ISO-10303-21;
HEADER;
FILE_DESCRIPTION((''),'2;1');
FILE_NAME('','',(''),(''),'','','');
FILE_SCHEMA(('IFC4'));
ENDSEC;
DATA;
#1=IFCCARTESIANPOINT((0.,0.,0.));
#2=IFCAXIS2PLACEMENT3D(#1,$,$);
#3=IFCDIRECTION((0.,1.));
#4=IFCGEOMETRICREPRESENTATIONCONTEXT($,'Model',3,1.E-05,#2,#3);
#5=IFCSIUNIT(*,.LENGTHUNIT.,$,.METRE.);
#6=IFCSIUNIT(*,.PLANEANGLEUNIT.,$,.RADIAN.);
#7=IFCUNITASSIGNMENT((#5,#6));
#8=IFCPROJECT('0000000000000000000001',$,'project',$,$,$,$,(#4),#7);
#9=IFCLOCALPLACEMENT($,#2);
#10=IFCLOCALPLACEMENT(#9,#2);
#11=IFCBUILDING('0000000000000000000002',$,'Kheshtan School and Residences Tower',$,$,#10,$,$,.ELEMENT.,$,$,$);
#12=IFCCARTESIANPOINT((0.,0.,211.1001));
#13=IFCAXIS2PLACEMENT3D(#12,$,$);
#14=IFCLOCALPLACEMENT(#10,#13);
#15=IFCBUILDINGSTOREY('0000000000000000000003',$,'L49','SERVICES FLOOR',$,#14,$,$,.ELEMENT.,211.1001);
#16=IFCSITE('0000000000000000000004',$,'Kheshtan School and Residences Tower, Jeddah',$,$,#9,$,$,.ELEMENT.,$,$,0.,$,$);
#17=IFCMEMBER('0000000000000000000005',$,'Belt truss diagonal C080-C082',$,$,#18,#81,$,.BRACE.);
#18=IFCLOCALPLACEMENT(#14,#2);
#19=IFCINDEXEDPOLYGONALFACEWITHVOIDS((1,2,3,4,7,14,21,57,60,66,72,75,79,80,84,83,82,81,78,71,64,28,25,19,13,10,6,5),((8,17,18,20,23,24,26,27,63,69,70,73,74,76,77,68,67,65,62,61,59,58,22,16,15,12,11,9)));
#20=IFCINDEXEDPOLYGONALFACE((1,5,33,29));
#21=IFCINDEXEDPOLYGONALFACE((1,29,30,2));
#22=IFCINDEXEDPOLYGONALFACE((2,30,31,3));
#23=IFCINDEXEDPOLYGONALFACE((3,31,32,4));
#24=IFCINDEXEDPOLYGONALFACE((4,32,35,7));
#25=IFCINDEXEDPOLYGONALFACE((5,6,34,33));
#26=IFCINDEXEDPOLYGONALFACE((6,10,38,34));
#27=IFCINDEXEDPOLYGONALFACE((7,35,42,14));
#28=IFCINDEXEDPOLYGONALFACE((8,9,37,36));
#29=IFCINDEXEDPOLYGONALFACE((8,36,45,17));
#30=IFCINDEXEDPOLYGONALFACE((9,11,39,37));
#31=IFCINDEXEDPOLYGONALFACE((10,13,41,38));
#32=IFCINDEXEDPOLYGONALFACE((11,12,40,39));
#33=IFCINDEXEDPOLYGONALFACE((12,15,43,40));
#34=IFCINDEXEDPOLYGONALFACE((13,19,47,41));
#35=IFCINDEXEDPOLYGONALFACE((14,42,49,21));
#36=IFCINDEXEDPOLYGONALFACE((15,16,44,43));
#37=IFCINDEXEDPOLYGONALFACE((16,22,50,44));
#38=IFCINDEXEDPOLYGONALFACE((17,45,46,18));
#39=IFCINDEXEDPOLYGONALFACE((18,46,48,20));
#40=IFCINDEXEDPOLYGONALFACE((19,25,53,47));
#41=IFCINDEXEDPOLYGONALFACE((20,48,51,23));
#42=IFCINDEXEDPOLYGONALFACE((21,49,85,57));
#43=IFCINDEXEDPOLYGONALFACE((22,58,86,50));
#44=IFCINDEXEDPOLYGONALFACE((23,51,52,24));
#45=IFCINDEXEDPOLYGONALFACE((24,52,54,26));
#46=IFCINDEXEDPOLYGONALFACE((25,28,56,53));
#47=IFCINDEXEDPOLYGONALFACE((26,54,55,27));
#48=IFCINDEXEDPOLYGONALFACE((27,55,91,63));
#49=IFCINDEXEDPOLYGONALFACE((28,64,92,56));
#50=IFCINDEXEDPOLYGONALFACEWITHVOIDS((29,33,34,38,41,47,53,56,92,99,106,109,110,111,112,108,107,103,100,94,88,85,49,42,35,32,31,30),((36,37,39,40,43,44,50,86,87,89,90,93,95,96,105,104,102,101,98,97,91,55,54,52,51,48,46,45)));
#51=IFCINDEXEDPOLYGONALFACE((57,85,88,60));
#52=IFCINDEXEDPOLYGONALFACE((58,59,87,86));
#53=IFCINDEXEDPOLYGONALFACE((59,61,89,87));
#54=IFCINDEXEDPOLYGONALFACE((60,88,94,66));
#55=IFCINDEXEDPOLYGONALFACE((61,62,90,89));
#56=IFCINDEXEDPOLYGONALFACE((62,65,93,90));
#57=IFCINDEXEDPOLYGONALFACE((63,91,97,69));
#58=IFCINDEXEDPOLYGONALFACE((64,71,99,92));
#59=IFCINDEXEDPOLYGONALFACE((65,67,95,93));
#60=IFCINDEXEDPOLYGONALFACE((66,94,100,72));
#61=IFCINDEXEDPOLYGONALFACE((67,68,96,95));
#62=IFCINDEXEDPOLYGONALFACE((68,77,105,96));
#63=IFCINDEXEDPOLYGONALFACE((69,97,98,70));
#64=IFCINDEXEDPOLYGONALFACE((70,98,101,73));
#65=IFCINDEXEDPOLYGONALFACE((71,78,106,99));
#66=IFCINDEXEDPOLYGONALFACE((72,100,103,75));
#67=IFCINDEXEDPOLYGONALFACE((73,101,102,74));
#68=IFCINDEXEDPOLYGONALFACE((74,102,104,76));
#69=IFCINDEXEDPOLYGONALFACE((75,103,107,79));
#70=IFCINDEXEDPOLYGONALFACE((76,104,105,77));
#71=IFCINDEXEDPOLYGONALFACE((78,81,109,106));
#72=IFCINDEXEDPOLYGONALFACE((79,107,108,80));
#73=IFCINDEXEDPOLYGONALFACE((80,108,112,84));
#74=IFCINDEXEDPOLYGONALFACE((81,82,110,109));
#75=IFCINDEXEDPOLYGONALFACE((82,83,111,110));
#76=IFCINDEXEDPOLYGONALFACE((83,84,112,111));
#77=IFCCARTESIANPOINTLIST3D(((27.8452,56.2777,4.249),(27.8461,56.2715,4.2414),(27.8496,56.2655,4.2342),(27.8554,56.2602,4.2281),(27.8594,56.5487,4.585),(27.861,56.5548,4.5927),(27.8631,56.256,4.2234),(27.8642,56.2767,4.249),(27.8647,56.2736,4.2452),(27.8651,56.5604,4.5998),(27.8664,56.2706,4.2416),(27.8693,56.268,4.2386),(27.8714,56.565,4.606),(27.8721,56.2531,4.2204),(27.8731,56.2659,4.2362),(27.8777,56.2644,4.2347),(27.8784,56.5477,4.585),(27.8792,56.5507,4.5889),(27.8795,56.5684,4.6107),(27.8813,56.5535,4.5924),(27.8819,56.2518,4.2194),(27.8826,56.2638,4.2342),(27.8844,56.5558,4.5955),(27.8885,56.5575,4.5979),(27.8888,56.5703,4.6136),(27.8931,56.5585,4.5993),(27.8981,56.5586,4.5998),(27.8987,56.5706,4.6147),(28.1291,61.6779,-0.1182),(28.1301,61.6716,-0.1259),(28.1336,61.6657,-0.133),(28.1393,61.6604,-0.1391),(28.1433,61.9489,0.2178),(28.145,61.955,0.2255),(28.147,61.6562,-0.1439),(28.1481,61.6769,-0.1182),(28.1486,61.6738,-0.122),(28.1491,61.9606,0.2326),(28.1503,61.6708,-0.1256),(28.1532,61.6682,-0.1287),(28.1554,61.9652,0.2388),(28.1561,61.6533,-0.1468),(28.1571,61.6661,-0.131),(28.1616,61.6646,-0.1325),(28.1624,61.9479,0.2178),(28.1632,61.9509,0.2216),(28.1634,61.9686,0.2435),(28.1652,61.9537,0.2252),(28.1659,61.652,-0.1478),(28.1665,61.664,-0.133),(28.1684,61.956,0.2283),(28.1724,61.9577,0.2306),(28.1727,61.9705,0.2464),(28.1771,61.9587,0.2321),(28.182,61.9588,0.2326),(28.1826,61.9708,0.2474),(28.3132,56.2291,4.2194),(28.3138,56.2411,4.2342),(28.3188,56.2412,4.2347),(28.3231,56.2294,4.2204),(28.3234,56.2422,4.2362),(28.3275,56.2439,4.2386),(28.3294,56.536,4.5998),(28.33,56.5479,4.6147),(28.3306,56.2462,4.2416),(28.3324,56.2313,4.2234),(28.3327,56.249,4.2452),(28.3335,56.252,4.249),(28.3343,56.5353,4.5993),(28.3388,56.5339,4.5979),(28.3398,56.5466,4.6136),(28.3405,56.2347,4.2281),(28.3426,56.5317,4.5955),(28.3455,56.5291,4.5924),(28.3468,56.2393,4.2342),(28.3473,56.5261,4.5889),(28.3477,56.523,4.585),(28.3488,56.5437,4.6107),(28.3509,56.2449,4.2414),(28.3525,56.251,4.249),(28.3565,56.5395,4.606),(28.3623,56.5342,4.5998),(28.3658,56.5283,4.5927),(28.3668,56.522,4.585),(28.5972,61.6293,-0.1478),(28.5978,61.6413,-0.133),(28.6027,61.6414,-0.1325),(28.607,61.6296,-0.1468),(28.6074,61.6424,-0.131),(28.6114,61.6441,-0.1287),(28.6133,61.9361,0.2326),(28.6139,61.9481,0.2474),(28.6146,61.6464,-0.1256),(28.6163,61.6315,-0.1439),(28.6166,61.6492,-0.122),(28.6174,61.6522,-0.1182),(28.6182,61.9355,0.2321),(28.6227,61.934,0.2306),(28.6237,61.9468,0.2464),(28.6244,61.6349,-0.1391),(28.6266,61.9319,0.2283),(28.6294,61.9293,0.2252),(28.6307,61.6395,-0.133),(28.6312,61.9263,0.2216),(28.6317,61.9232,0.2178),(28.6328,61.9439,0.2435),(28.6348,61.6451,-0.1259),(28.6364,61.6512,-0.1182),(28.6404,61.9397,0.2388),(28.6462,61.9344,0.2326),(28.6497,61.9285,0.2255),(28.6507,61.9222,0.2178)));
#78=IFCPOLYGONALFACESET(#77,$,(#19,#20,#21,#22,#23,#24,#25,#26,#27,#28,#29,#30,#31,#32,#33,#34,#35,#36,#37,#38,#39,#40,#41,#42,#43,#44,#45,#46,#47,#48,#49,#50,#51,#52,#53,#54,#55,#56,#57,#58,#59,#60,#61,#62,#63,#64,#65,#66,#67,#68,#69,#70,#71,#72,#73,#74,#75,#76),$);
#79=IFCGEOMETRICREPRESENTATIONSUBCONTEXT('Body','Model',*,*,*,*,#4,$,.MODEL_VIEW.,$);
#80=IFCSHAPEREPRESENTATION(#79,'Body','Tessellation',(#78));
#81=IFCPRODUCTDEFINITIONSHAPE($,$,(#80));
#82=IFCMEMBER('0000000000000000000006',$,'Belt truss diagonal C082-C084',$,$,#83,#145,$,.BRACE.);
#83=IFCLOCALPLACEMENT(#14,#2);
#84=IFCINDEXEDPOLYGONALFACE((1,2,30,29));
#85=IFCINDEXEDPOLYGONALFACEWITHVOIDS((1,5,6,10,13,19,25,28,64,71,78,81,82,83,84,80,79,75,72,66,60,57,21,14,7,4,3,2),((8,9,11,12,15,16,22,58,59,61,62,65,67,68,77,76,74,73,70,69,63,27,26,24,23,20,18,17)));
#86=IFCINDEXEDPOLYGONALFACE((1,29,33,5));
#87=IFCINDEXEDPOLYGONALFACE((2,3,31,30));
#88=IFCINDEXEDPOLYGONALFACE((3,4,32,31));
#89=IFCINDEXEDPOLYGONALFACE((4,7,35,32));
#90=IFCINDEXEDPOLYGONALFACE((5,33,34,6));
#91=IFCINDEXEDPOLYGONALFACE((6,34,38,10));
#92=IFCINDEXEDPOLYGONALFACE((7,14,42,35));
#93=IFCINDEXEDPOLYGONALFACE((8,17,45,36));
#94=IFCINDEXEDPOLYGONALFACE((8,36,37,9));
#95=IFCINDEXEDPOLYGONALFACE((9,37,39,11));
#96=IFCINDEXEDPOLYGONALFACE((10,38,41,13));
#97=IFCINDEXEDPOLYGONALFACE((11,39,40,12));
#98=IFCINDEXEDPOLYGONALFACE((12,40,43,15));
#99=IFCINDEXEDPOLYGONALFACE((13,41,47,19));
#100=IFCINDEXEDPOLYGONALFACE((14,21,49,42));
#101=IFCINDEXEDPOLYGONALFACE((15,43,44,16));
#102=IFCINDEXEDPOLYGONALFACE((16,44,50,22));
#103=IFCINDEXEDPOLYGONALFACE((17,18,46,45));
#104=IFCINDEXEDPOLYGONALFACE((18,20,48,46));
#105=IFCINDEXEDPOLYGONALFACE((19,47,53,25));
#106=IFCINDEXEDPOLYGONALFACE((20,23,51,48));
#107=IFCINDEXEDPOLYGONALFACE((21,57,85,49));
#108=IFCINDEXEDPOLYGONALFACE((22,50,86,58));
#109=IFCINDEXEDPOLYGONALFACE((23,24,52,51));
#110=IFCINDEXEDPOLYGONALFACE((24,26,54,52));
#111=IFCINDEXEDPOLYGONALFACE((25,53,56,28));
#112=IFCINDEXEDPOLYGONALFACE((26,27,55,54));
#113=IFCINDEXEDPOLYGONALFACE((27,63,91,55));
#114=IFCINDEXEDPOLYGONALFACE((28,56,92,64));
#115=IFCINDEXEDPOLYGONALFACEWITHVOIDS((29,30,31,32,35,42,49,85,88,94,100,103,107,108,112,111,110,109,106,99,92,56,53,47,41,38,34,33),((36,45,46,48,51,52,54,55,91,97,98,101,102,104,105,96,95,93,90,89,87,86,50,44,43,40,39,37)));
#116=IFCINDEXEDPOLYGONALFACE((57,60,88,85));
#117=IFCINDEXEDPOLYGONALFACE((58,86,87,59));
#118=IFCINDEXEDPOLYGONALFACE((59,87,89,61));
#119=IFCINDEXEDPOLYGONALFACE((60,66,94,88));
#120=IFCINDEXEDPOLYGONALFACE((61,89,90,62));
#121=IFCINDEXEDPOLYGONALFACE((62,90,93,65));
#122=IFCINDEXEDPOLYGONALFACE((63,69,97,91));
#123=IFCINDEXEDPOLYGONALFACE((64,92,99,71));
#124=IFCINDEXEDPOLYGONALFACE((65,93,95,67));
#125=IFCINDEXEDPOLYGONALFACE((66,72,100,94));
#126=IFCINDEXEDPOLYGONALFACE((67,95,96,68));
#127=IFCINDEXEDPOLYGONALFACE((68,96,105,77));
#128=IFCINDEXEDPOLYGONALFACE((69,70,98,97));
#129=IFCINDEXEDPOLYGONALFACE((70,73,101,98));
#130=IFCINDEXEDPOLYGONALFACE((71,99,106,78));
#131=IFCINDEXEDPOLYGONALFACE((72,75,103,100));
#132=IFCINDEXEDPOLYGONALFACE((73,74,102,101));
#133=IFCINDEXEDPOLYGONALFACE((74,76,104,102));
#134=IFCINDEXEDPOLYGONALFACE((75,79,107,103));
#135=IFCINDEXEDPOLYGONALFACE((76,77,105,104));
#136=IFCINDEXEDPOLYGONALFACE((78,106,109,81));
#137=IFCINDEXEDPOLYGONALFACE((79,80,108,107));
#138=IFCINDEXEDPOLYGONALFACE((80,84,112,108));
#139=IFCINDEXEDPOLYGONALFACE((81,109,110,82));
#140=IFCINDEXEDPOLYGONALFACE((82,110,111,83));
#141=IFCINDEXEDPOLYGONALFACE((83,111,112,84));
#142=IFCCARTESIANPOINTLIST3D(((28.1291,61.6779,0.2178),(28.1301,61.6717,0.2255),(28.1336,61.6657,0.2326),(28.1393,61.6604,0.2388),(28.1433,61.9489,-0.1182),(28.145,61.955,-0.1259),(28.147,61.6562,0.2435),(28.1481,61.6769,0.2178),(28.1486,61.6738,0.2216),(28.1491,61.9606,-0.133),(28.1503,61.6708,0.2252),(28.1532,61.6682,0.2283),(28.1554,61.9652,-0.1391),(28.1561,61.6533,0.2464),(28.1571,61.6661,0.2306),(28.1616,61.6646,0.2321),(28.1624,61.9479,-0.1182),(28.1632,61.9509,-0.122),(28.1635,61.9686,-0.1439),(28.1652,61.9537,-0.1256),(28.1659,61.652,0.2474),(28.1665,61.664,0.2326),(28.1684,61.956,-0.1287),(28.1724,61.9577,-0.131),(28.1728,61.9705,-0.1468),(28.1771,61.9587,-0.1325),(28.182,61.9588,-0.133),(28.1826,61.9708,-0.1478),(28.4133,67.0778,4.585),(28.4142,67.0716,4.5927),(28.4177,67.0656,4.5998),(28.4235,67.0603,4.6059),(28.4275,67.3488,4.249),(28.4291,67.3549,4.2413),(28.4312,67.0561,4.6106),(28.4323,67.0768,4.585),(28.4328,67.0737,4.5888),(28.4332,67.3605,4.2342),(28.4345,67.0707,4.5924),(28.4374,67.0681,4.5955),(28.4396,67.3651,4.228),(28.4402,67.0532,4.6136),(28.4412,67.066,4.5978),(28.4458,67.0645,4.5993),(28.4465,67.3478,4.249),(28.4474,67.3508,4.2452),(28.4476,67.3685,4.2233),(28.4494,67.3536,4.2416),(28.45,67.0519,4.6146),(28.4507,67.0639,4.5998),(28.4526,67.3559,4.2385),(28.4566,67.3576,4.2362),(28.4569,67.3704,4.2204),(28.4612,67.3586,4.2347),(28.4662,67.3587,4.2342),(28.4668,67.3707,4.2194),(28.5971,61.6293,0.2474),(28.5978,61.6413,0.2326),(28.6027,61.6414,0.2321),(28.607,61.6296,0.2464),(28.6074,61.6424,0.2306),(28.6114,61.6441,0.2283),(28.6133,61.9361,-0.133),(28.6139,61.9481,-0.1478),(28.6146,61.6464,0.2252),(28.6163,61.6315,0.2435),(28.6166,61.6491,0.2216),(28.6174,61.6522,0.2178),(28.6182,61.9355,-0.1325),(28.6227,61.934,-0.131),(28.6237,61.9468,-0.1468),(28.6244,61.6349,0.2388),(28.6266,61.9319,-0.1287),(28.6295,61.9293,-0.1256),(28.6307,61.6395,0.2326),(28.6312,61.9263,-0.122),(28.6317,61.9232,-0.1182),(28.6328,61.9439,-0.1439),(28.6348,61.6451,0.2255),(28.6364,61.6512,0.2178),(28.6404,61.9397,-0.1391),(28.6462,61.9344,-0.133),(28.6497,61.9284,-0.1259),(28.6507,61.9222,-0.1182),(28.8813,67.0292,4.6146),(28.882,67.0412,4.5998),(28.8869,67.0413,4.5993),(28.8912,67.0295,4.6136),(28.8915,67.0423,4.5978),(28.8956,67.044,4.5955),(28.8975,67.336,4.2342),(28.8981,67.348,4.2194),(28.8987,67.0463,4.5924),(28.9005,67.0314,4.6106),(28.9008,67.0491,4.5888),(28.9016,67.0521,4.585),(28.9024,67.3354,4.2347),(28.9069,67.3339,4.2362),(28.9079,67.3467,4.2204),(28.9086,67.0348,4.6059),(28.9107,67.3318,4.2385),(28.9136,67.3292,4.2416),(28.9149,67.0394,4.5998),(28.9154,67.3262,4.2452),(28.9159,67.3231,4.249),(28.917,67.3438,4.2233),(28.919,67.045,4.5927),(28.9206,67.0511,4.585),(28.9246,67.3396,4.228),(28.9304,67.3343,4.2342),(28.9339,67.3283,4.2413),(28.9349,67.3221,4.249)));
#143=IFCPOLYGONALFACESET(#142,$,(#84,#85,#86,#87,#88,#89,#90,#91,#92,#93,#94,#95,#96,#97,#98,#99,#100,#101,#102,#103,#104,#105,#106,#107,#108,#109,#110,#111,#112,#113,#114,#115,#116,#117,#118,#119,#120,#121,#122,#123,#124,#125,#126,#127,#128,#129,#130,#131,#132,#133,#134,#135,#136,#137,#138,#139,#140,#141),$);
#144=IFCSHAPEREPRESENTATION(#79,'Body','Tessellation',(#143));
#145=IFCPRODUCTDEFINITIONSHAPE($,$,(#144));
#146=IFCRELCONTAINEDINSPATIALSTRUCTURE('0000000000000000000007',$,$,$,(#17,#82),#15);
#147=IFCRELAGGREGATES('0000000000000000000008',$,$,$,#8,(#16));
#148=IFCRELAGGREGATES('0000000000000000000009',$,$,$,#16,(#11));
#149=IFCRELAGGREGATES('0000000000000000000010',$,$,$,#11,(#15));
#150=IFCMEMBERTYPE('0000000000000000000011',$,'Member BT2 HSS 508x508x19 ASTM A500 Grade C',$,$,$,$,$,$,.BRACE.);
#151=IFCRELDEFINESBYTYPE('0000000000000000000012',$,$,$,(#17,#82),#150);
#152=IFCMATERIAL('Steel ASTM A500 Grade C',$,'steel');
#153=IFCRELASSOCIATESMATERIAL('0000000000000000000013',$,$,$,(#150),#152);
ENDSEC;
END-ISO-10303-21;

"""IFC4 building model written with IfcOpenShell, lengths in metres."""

from ifc_helpers import new_model, si_unit, direction, frame, origin, origin_2d, place, context, subcontext, project, spatial, hollow_rectangle, extrude, material, material_profile, profile_set, type_object, element, save


model = new_model("IFC4")

# Units and contexts
model_context = context("Model", 3, precision=1e-05, world=origin(), true_north=direction((0.0, 1.0)))
body_context = subcontext(model_context, "Body", "Model", "MODEL_VIEW")
ifc_project = project(units=[si_unit("LENGTHUNIT", "METRE"), si_unit("PLANEANGLEUNIT", "RADIAN")], contexts=[model_context])

# Site, building, storey
site_placement = place(None, origin())
site = spatial("IfcSite", under=ifc_project, at=site_placement, Name="Kheshtan School and Residences Tower, Jeddah", CompositionType="ELEMENT", RefElevation=0.0)
building_placement = place(site_placement, origin())
building = spatial("IfcBuilding", under=site, at=building_placement, Name="Kheshtan School and Residences Tower", CompositionType="ELEMENT")
storey_placement = place(building_placement, frame((0.0, 0.0, 211.1001)))
storey = spatial("IfcBuildingStorey", under=building, at=storey_placement, Name="L49", Description="SERVICES FLOOR", CompositionType="ELEMENT", Elevation=211.1001)

# Members
ifc_material_1 = material(Name="Steel ASTM A500 Grade C", Category="steel")
ifc_material_profile_1 = material_profile(ifc_material_1, hollow_rectangle(XDim=0.5081, YDim=0.5081, WallThickness=0.019, InnerFilletRadius=0.019, OuterFilletRadius=0.0381, at=origin_2d()), Name="HSS 508x508x19")
ifc_profile_set_1 = profile_set([ifc_material_profile_1], Name="Steel ASTM A500 Grade C")
member_type = type_object("IfcMemberType", Name="Member BT2 HSS 508x508x19 ASTM A500 Grade C", PredefinedType="BRACE", material=ifc_profile_set_1)
member_1_placement = place(storey_placement, frame((28.3899, 61.8, 0.0498), z_axis=(-0.040849, -0.776903, 0.628294), x_axis=(0.998621, -0.052507, 0.0)))
element("IfcMember", 1, at=member_1_placement, inside=storey, type_object=member_type, Name="Belt truss diagonal C080-C082", PredefinedType="BRACE", context=body_context, shape_type="SweptSolid", body=[
    extrude(hollow_rectangle(XDim=0.5081, YDim=0.5081, WallThickness=0.019, InnerFilletRadius=0.019, OuterFilletRadius=0.0381, at=origin_2d()), origin(), (0.0, 0.0, 1.0), 6.9509),
])
member_2_placement = place(storey_placement, frame((28.3899, 61.8, 0.0498), z_axis=(0.040885, 0.776888, 0.62831), x_axis=(-0.998618, 0.052554, 0.0)))
element("IfcMember", 2, at=member_2_placement, inside=storey, type_object=member_type, Name="Belt truss diagonal C082-C084", PredefinedType="BRACE", context=body_context, shape_type="SweptSolid", body=[
    extrude(hollow_rectangle(XDim=0.5081, YDim=0.5081, WallThickness=0.019, InnerFilletRadius=0.019, OuterFilletRadius=0.0381, at=origin_2d()), origin(), (0.0, 0.0, 1.0), 6.9507),
])

save(model, "model.ifc")
